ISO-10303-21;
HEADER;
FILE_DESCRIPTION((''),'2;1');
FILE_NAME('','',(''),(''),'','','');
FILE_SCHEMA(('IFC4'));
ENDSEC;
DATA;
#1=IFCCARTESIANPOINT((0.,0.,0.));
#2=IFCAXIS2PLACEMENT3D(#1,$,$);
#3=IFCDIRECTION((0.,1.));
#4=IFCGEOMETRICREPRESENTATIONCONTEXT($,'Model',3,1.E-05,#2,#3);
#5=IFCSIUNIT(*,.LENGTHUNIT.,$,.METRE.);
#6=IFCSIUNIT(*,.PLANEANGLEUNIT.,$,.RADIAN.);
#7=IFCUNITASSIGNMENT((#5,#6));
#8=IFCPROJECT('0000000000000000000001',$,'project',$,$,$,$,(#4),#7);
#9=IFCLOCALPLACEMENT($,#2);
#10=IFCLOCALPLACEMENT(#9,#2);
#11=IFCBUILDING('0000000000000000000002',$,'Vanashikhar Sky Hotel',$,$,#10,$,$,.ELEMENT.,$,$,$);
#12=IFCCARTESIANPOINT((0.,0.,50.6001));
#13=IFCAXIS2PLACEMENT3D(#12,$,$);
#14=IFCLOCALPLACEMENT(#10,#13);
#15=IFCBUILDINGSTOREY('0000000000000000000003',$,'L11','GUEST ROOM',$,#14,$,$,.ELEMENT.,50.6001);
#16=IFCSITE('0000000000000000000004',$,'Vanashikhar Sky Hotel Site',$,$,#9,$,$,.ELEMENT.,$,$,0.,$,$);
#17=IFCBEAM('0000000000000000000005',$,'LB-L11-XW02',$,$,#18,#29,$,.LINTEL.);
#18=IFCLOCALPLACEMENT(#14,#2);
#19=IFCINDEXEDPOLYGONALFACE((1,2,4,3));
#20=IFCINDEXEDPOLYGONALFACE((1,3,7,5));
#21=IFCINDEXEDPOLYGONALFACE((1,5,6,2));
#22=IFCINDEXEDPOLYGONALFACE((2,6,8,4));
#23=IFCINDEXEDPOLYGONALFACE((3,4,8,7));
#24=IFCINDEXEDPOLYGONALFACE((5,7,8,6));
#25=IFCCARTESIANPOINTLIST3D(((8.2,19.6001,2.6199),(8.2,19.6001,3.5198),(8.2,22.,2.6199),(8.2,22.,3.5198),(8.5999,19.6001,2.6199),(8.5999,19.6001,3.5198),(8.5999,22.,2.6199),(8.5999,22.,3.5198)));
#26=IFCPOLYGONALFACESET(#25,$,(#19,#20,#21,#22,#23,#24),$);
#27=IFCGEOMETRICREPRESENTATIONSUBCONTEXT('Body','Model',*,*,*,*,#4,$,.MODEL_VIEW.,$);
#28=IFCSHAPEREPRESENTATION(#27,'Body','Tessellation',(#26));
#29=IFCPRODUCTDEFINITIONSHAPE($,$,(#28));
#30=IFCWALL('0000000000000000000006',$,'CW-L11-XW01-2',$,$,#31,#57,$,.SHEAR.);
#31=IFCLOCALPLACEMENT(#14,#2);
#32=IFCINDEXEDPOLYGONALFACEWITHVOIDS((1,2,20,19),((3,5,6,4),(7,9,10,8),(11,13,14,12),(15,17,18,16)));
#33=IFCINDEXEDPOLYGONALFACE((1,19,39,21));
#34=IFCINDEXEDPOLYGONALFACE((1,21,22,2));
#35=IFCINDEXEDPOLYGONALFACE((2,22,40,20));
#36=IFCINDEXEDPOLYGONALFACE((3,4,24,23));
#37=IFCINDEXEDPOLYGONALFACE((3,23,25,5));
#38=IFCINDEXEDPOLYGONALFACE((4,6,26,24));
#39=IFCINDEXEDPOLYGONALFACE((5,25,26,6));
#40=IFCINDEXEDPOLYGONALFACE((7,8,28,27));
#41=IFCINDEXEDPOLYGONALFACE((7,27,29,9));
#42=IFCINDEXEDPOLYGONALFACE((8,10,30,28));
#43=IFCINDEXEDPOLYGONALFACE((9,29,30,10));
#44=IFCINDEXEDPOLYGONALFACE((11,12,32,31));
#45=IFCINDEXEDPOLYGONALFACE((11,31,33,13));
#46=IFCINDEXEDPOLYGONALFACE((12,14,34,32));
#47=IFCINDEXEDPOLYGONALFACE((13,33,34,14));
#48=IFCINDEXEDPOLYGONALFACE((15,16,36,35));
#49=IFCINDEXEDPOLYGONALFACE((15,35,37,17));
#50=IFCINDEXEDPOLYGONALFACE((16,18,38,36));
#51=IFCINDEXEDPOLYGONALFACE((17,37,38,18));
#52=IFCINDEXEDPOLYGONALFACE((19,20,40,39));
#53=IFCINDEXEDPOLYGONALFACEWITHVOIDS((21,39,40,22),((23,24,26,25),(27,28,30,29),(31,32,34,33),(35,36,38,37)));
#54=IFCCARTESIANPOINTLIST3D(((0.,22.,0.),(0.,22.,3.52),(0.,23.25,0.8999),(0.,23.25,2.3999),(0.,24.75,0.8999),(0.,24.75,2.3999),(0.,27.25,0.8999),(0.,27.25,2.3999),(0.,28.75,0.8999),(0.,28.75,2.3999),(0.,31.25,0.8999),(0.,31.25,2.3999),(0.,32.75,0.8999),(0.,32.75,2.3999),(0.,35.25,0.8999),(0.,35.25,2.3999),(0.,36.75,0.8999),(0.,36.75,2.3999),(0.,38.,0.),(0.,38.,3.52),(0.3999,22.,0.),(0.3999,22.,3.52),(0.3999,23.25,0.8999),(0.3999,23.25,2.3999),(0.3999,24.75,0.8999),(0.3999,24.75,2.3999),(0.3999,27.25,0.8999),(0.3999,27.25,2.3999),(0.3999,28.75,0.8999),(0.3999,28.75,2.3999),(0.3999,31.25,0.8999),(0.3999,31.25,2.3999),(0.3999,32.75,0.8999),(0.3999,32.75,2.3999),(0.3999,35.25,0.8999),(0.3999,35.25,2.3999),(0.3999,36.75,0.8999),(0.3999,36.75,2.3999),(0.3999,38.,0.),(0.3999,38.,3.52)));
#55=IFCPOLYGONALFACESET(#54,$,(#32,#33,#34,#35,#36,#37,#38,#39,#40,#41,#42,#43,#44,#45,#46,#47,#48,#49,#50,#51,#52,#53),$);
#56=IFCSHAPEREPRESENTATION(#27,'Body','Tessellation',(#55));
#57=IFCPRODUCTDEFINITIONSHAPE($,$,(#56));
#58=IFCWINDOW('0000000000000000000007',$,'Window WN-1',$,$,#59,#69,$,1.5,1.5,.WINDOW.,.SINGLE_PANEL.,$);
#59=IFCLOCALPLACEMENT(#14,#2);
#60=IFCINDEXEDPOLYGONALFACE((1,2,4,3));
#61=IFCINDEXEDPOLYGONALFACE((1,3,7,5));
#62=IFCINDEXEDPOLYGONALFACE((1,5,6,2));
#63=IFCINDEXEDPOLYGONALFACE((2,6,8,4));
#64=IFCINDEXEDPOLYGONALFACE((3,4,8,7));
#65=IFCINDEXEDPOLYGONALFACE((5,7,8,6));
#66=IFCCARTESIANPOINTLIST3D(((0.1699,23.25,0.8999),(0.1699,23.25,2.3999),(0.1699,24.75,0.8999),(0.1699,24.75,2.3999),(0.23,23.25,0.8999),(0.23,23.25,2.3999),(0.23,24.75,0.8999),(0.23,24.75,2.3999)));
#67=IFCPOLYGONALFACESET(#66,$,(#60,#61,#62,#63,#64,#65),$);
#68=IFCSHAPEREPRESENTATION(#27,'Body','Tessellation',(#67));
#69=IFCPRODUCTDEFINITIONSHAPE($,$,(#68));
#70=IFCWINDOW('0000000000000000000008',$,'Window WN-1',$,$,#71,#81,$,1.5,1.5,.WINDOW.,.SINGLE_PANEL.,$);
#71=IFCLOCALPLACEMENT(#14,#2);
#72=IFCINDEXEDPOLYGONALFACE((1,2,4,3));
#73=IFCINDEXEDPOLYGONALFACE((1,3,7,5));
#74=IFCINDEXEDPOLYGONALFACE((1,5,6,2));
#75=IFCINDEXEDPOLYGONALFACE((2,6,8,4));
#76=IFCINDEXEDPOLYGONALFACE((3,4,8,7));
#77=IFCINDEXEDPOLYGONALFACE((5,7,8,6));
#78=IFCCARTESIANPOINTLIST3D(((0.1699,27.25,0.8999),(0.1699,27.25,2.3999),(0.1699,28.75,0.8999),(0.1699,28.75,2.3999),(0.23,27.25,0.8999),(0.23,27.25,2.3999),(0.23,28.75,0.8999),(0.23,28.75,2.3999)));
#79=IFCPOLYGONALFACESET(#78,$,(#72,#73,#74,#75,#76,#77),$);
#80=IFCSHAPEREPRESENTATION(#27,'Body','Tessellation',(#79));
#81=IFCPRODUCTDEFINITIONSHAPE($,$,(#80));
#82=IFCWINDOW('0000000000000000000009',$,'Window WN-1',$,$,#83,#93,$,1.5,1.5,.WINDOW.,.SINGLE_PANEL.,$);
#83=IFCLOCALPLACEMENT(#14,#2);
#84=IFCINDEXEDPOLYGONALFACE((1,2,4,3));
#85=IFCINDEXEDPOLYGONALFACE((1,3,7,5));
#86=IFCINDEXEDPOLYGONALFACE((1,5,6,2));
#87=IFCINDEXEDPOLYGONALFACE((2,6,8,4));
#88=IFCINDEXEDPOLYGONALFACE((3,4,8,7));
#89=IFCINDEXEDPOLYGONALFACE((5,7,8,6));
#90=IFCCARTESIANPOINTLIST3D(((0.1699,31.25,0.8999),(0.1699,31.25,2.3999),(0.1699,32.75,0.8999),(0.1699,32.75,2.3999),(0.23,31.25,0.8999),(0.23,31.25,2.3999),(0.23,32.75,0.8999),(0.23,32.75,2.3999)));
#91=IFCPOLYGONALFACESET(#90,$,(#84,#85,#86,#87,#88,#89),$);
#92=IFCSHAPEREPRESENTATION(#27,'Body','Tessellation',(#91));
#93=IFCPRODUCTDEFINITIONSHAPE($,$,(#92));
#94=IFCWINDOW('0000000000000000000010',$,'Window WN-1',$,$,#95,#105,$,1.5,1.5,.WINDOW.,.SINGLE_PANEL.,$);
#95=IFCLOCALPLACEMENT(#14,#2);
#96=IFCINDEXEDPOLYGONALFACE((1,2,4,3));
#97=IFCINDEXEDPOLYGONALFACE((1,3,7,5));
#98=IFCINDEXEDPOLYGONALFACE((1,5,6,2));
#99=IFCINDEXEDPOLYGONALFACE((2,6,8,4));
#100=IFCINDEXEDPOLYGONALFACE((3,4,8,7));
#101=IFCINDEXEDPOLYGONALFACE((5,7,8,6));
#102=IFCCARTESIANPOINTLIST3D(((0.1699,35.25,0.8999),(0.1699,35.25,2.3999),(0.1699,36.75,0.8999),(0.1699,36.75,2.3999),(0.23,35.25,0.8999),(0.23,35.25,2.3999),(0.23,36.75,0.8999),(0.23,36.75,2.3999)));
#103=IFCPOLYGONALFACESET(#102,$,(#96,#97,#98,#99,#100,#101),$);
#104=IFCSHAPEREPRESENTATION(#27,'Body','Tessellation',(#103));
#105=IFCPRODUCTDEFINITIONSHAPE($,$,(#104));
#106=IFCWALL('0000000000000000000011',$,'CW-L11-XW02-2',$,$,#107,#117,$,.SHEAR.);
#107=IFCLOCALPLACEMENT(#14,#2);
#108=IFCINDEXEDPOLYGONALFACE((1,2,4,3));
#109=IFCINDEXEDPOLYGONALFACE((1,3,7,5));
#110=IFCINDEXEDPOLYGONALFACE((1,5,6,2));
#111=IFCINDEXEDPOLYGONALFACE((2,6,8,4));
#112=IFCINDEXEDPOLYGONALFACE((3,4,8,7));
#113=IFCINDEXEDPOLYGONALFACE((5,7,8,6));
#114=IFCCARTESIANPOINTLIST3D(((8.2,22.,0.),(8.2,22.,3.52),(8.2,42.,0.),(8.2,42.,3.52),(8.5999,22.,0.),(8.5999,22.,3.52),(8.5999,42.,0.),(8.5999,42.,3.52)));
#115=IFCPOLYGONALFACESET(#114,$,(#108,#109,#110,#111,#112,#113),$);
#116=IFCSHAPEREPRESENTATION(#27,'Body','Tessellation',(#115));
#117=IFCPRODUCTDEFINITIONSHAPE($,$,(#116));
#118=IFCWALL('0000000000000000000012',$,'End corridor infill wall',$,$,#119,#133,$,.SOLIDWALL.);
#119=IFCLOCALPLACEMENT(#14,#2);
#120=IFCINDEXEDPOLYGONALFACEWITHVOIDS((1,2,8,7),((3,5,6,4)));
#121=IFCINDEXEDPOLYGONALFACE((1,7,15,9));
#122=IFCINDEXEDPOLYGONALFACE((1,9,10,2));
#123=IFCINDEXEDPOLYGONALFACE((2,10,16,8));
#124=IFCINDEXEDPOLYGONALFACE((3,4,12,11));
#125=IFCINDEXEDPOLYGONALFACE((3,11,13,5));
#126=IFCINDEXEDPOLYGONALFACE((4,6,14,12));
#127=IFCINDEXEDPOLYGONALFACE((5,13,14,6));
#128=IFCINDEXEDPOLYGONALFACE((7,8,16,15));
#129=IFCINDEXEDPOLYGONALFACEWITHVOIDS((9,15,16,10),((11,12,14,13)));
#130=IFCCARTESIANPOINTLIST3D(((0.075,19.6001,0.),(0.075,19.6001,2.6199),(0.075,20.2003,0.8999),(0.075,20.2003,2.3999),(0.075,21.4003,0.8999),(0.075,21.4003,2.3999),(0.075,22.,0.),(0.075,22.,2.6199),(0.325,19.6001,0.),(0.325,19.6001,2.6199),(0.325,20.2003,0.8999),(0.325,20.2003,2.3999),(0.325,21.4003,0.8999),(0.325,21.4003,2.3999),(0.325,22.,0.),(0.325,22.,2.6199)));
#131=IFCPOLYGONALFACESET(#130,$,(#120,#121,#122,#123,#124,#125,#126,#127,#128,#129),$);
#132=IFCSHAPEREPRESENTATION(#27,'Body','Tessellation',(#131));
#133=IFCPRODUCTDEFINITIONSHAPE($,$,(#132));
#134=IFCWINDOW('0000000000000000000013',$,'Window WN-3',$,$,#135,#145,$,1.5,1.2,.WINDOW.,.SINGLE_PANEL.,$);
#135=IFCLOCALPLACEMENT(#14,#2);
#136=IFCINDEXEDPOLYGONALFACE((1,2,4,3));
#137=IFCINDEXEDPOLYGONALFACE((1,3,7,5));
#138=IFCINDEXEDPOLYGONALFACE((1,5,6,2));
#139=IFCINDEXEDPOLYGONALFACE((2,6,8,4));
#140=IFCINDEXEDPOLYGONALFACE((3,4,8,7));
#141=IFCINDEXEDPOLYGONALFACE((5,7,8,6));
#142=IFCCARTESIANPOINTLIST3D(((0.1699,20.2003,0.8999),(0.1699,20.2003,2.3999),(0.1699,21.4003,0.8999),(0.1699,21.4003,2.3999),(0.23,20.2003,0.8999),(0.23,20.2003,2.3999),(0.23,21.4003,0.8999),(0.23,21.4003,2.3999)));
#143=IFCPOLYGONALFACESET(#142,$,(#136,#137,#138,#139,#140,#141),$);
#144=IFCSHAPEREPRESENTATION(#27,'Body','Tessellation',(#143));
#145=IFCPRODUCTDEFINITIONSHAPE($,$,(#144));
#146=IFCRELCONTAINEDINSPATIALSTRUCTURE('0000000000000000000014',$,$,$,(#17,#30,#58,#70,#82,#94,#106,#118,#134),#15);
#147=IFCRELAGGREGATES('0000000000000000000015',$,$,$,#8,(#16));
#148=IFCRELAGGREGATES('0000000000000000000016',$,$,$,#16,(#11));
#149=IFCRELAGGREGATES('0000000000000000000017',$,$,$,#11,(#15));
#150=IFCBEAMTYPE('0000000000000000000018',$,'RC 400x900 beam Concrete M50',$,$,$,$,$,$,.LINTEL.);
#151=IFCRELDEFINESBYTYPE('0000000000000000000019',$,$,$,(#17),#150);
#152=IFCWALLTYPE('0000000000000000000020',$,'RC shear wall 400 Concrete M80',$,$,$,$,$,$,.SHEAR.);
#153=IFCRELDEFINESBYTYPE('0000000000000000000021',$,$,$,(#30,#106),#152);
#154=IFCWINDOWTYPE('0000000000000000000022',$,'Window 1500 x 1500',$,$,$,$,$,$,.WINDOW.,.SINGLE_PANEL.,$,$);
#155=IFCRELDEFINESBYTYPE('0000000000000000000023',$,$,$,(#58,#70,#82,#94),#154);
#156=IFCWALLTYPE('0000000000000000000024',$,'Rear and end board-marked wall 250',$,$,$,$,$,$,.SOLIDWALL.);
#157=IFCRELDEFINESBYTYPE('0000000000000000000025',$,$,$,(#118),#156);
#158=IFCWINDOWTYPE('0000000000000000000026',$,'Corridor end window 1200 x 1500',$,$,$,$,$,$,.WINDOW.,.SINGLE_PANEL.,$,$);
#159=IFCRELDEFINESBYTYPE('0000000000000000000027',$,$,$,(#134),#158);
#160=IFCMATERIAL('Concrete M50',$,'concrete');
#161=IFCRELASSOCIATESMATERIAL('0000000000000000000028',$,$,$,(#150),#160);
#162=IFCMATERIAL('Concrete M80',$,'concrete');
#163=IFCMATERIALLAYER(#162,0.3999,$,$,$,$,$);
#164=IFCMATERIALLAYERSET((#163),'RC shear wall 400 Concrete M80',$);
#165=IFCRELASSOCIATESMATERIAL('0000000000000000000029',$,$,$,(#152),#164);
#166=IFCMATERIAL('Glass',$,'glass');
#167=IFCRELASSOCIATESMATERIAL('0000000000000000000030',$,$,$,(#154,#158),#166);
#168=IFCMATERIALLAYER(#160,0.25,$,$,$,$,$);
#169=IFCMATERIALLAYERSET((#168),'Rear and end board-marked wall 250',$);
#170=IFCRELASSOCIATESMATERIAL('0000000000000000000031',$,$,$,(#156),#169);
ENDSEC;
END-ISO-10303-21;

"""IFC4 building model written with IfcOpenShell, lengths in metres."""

from ifc_helpers import new_model, si_unit, direction, frame, frame_2d, origin, origin_2d, place, context, subcontext, project, spatial, rectangle, extrude, source, transform, mapped, material, layer, layer_set, material_profile, profile_set, type_object, element, fill, save


model = new_model("IFC4")

# Units and contexts
model_context = context("Model", 3, precision=1e-05, world=origin(), true_north=direction((0.0, 1.0)))
body_context = subcontext(model_context, "Body", "Model", "MODEL_VIEW")
ifc_project = project(units=[si_unit("LENGTHUNIT", "METRE"), si_unit("PLANEANGLEUNIT", "RADIAN")], contexts=[model_context])

# Site, building, storey
site_placement = place(None, origin())
site = spatial("IfcSite", under=ifc_project, at=site_placement, Name="Vanashikhar Sky Hotel Site", CompositionType="ELEMENT", RefElevation=0.0)
building_placement = place(site_placement, origin())
building = spatial("IfcBuilding", under=site, at=building_placement, Name="Vanashikhar Sky Hotel", CompositionType="ELEMENT")
storey_placement = place(building_placement, frame((0.0, 0.0, 50.6001)))
storey = spatial("IfcBuildingStorey", under=building, at=storey_placement, Name="L11", Description="GUEST ROOM", CompositionType="ELEMENT", Elevation=50.6001)

# Beam
ifc_material_1 = material(Name="Concrete M50", Category="concrete")
ifc_material_profile = material_profile(ifc_material_1, rectangle(XDim=0.3999, YDim=0.8999, at=origin_2d()))
ifc_profile_set = profile_set([ifc_material_profile], Name="RC 400x900 beam Concrete M50")
beam_type = type_object("IfcBeamType", Name="RC 400x900 beam Concrete M50", PredefinedType="LINTEL", material=ifc_profile_set)
shared_shape_1 = source(origin(), body_context, "Body", "SweptSolid", [
    extrude(rectangle(XDim=0.3999, YDim=0.8999, at=origin_2d()), origin(), (0.0, 0.0, 1.0), 2.3999),
])
beam_placement = place(storey_placement, frame((8.3999, 19.6001, 3.0698), z_axis=(0.0, 1.0, 0.0), x_axis=(-1.0, 0.0, 0.0)))
element("IfcBeam", 1, at=beam_placement, inside=storey, type_object=beam_type, Name="LB-L11-XW02", PredefinedType="LINTEL", context=body_context, shape_type="MappedRepresentation", body=[
    mapped(shared_shape_1, transform((0.0, 0.0, 0.0), scale=1.0)),
])

# Wall, openings, windows
ifc_material_2 = material(Name="Concrete M80", Category="concrete")
ifc_layer_1 = layer(ifc_material_2, 0.3999)
ifc_layer_set_1 = layer_set([ifc_layer_1], Name="RC shear wall 400 Concrete M80")
wall_type_1 = type_object("IfcWallType", Name="RC shear wall 400 Concrete M80", PredefinedType="SHEAR", material=ifc_layer_set_1)
shared_shape_2 = source(origin(), body_context, "Body", "SweptSolid", [
    extrude(rectangle(XDim=16.0, YDim=0.3999, at=frame_2d((8.0, 0.0))), origin(), (0.0, 0.0, 1.0), 3.52),
])
wall_1_placement = place(storey_placement, frame((0.2, 22.0, 0.0), z_axis=(0.0, 0.0, 1.0), x_axis=(0.0, 1.0, 0.0)))
wall_1 = element("IfcWall", 2, at=wall_1_placement, inside=storey, type_object=wall_type_1, Name="CW-L11-XW01-2", PredefinedType="SHEAR", context=body_context, shape_type="MappedRepresentation", body=[
    mapped(shared_shape_2, transform((0.0, 0.0, 0.0), scale=1.0)),
])
shared_shape_3 = source(origin(), body_context, "Body", "SweptSolid", [
    extrude(rectangle(XDim=1.5, YDim=1.5, at=frame_2d((0.75, 0.75))), frame((0.0, 0.21, 0.0), z_axis=(0.0, -1.0, 0.0), x_axis=(1.0, 0.0, 0.0)), (0.0, 0.0, 1.0), 0.4199),
])
opening_1_placement = place(wall_1_placement, frame((1.25, 0.0, 0.8999)))
opening_1 = element("IfcOpeningElement", 3, at=opening_1_placement, cuts=wall_1, PredefinedType="OPENING", context=body_context, shape_type="MappedRepresentation", body=[
    mapped(shared_shape_3, transform((0.0, 0.0, 0.0), scale=1.0)),
])
opening_2_placement = place(wall_1_placement, frame((5.25, 0.0, 0.8999)))
opening_2 = element("IfcOpeningElement", 4, at=opening_2_placement, cuts=wall_1, PredefinedType="OPENING", context=body_context, shape_type="MappedRepresentation", body=[
    mapped(shared_shape_3, transform((0.0, 0.0, 0.0), scale=1.0)),
])
opening_3_placement = place(wall_1_placement, frame((9.25, 0.0, 0.8999)))
opening_3 = element("IfcOpeningElement", 5, at=opening_3_placement, cuts=wall_1, PredefinedType="OPENING", context=body_context, shape_type="MappedRepresentation", body=[
    mapped(shared_shape_3, transform((0.0, 0.0, 0.0), scale=1.0)),
])
opening_4_placement = place(wall_1_placement, frame((13.25, 0.0, 0.8999)))
opening_4 = element("IfcOpeningElement", 6, at=opening_4_placement, cuts=wall_1, PredefinedType="OPENING", context=body_context, shape_type="MappedRepresentation", body=[
    mapped(shared_shape_3, transform((0.0, 0.0, 0.0), scale=1.0)),
])
ifc_material_3 = material(Name="Glass", Category="glass")
window_type_1 = type_object("IfcWindowType", Name="Window 1500 x 1500", PartitioningType="SINGLE_PANEL", PredefinedType="WINDOW", material=ifc_material_3)
shared_shape_4 = source(origin(), body_context, "Body", "SweptSolid", [
    extrude(rectangle(XDim=1.5, YDim=1.5, at=frame_2d((0.75, 0.75))), frame((0.0, 0.03, 0.0), z_axis=(0.0, -1.0, 0.0), x_axis=(1.0, 0.0, 0.0)), (0.0, 0.0, 1.0), 0.0601),
])
window_1_placement = place(opening_1_placement, origin())
window_1 = element("IfcWindow", 7, at=window_1_placement, inside=storey, type_object=window_type_1, Name="Window WN-1", OverallHeight=1.5, OverallWidth=1.5, PartitioningType="SINGLE_PANEL", PredefinedType="WINDOW", context=body_context, shape_type="MappedRepresentation", body=[
    mapped(shared_shape_4, transform((0.0, 0.0, 0.0), scale=1.0)),
])
fill(opening_1, window_1)
window_2_placement = place(opening_2_placement, origin())
window_2 = element("IfcWindow", 8, at=window_2_placement, inside=storey, type_object=window_type_1, Name="Window WN-1", OverallHeight=1.5, OverallWidth=1.5, PartitioningType="SINGLE_PANEL", PredefinedType="WINDOW", context=body_context, shape_type="MappedRepresentation", body=[
    mapped(shared_shape_4, transform((0.0, 0.0, 0.0), scale=1.0)),
])
fill(opening_2, window_2)
window_3_placement = place(opening_3_placement, origin())
window_3 = element("IfcWindow", 9, at=window_3_placement, inside=storey, type_object=window_type_1, Name="Window WN-1", OverallHeight=1.5, OverallWidth=1.5, PartitioningType="SINGLE_PANEL", PredefinedType="WINDOW", context=body_context, shape_type="MappedRepresentation", body=[
    mapped(shared_shape_4, transform((0.0, 0.0, 0.0), scale=1.0)),
])
fill(opening_3, window_3)
window_4_placement = place(opening_4_placement, origin())
window_4 = element("IfcWindow", 10, at=window_4_placement, inside=storey, type_object=window_type_1, Name="Window WN-1", OverallHeight=1.5, OverallWidth=1.5, PartitioningType="SINGLE_PANEL", PredefinedType="WINDOW", context=body_context, shape_type="MappedRepresentation", body=[
    mapped(shared_shape_4, transform((0.0, 0.0, 0.0), scale=1.0)),
])
fill(opening_4, window_4)

# Wall
shared_shape_5 = source(origin(), body_context, "Body", "SweptSolid", [
    extrude(rectangle(XDim=20.0, YDim=0.3999, at=frame_2d((10.0, 0.0))), origin(), (0.0, 0.0, 1.0), 3.52),
])
wall_2_placement = place(storey_placement, frame((8.3999, 22.0, 0.0), z_axis=(0.0, 0.0, 1.0), x_axis=(0.0, 1.0, 0.0)))
element("IfcWall", 11, at=wall_2_placement, inside=storey, type_object=wall_type_1, Name="CW-L11-XW02-2", PredefinedType="SHEAR", context=body_context, shape_type="MappedRepresentation", body=[
    mapped(shared_shape_5, transform((0.0, 0.0, 0.0), scale=1.0)),
])

# Wall, opening, window
ifc_layer_2 = layer(ifc_material_1, 0.25)
ifc_layer_set_2 = layer_set([ifc_layer_2], Name="Rear and end board-marked wall 250")
wall_type_2 = type_object("IfcWallType", Name="Rear and end board-marked wall 250", PredefinedType="SOLIDWALL", material=ifc_layer_set_2)
shared_shape_6 = source(origin(), body_context, "Body", "SweptSolid", [
    extrude(rectangle(XDim=2.3999, YDim=0.25, at=frame_2d((1.2, 0.0))), origin(), (0.0, 0.0, 1.0), 2.6199),
])
wall_3_placement = place(storey_placement, frame((0.2, 19.6001, 0.0), z_axis=(0.0, 0.0, 1.0), x_axis=(0.0, 1.0, 0.0)))
wall_3 = element("IfcWall", 12, at=wall_3_placement, inside=storey, type_object=wall_type_2, Name="End corridor infill wall", PredefinedType="SOLIDWALL", context=body_context, shape_type="MappedRepresentation", body=[
    mapped(shared_shape_6, transform((0.0, 0.0, 0.0), scale=1.0)),
])
shared_shape_7 = source(origin(), body_context, "Body", "SweptSolid", [
    extrude(rectangle(XDim=1.2, YDim=1.5, at=frame_2d((0.6001, 0.75))), frame((0.0, 0.135, 0.0), z_axis=(0.0, -1.0, 0.0), x_axis=(1.0, 0.0, 0.0)), (0.0, 0.0, 1.0), 0.27),
])
opening_5_placement = place(wall_3_placement, frame((0.6001, 0.0, 0.8999)))
opening_5 = element("IfcOpeningElement", 13, at=opening_5_placement, cuts=wall_3, PredefinedType="OPENING", context=body_context, shape_type="MappedRepresentation", body=[
    mapped(shared_shape_7, transform((0.0, 0.0, 0.0), scale=1.0)),
])
window_type_2 = type_object("IfcWindowType", Name="Corridor end window 1200 x 1500", PartitioningType="SINGLE_PANEL", PredefinedType="WINDOW", material=ifc_material_3)
shared_shape_8 = source(origin(), body_context, "Body", "SweptSolid", [
    extrude(rectangle(XDim=1.2, YDim=1.5, at=frame_2d((0.6001, 0.75))), frame((0.0, 0.03, 0.0), z_axis=(0.0, -1.0, 0.0), x_axis=(1.0, 0.0, 0.0)), (0.0, 0.0, 1.0), 0.0601),
])
window_5_placement = place(opening_5_placement, origin())
window_5 = element("IfcWindow", 14, at=window_5_placement, inside=storey, type_object=window_type_2, Name="Window WN-3", OverallHeight=1.5, OverallWidth=1.2, PartitioningType="SINGLE_PANEL", PredefinedType="WINDOW", context=body_context, shape_type="MappedRepresentation", body=[
    mapped(shared_shape_8, transform((0.0, 0.0, 0.0), scale=1.0)),
])
fill(opening_5, window_5)

save(model, "model.ifc")
